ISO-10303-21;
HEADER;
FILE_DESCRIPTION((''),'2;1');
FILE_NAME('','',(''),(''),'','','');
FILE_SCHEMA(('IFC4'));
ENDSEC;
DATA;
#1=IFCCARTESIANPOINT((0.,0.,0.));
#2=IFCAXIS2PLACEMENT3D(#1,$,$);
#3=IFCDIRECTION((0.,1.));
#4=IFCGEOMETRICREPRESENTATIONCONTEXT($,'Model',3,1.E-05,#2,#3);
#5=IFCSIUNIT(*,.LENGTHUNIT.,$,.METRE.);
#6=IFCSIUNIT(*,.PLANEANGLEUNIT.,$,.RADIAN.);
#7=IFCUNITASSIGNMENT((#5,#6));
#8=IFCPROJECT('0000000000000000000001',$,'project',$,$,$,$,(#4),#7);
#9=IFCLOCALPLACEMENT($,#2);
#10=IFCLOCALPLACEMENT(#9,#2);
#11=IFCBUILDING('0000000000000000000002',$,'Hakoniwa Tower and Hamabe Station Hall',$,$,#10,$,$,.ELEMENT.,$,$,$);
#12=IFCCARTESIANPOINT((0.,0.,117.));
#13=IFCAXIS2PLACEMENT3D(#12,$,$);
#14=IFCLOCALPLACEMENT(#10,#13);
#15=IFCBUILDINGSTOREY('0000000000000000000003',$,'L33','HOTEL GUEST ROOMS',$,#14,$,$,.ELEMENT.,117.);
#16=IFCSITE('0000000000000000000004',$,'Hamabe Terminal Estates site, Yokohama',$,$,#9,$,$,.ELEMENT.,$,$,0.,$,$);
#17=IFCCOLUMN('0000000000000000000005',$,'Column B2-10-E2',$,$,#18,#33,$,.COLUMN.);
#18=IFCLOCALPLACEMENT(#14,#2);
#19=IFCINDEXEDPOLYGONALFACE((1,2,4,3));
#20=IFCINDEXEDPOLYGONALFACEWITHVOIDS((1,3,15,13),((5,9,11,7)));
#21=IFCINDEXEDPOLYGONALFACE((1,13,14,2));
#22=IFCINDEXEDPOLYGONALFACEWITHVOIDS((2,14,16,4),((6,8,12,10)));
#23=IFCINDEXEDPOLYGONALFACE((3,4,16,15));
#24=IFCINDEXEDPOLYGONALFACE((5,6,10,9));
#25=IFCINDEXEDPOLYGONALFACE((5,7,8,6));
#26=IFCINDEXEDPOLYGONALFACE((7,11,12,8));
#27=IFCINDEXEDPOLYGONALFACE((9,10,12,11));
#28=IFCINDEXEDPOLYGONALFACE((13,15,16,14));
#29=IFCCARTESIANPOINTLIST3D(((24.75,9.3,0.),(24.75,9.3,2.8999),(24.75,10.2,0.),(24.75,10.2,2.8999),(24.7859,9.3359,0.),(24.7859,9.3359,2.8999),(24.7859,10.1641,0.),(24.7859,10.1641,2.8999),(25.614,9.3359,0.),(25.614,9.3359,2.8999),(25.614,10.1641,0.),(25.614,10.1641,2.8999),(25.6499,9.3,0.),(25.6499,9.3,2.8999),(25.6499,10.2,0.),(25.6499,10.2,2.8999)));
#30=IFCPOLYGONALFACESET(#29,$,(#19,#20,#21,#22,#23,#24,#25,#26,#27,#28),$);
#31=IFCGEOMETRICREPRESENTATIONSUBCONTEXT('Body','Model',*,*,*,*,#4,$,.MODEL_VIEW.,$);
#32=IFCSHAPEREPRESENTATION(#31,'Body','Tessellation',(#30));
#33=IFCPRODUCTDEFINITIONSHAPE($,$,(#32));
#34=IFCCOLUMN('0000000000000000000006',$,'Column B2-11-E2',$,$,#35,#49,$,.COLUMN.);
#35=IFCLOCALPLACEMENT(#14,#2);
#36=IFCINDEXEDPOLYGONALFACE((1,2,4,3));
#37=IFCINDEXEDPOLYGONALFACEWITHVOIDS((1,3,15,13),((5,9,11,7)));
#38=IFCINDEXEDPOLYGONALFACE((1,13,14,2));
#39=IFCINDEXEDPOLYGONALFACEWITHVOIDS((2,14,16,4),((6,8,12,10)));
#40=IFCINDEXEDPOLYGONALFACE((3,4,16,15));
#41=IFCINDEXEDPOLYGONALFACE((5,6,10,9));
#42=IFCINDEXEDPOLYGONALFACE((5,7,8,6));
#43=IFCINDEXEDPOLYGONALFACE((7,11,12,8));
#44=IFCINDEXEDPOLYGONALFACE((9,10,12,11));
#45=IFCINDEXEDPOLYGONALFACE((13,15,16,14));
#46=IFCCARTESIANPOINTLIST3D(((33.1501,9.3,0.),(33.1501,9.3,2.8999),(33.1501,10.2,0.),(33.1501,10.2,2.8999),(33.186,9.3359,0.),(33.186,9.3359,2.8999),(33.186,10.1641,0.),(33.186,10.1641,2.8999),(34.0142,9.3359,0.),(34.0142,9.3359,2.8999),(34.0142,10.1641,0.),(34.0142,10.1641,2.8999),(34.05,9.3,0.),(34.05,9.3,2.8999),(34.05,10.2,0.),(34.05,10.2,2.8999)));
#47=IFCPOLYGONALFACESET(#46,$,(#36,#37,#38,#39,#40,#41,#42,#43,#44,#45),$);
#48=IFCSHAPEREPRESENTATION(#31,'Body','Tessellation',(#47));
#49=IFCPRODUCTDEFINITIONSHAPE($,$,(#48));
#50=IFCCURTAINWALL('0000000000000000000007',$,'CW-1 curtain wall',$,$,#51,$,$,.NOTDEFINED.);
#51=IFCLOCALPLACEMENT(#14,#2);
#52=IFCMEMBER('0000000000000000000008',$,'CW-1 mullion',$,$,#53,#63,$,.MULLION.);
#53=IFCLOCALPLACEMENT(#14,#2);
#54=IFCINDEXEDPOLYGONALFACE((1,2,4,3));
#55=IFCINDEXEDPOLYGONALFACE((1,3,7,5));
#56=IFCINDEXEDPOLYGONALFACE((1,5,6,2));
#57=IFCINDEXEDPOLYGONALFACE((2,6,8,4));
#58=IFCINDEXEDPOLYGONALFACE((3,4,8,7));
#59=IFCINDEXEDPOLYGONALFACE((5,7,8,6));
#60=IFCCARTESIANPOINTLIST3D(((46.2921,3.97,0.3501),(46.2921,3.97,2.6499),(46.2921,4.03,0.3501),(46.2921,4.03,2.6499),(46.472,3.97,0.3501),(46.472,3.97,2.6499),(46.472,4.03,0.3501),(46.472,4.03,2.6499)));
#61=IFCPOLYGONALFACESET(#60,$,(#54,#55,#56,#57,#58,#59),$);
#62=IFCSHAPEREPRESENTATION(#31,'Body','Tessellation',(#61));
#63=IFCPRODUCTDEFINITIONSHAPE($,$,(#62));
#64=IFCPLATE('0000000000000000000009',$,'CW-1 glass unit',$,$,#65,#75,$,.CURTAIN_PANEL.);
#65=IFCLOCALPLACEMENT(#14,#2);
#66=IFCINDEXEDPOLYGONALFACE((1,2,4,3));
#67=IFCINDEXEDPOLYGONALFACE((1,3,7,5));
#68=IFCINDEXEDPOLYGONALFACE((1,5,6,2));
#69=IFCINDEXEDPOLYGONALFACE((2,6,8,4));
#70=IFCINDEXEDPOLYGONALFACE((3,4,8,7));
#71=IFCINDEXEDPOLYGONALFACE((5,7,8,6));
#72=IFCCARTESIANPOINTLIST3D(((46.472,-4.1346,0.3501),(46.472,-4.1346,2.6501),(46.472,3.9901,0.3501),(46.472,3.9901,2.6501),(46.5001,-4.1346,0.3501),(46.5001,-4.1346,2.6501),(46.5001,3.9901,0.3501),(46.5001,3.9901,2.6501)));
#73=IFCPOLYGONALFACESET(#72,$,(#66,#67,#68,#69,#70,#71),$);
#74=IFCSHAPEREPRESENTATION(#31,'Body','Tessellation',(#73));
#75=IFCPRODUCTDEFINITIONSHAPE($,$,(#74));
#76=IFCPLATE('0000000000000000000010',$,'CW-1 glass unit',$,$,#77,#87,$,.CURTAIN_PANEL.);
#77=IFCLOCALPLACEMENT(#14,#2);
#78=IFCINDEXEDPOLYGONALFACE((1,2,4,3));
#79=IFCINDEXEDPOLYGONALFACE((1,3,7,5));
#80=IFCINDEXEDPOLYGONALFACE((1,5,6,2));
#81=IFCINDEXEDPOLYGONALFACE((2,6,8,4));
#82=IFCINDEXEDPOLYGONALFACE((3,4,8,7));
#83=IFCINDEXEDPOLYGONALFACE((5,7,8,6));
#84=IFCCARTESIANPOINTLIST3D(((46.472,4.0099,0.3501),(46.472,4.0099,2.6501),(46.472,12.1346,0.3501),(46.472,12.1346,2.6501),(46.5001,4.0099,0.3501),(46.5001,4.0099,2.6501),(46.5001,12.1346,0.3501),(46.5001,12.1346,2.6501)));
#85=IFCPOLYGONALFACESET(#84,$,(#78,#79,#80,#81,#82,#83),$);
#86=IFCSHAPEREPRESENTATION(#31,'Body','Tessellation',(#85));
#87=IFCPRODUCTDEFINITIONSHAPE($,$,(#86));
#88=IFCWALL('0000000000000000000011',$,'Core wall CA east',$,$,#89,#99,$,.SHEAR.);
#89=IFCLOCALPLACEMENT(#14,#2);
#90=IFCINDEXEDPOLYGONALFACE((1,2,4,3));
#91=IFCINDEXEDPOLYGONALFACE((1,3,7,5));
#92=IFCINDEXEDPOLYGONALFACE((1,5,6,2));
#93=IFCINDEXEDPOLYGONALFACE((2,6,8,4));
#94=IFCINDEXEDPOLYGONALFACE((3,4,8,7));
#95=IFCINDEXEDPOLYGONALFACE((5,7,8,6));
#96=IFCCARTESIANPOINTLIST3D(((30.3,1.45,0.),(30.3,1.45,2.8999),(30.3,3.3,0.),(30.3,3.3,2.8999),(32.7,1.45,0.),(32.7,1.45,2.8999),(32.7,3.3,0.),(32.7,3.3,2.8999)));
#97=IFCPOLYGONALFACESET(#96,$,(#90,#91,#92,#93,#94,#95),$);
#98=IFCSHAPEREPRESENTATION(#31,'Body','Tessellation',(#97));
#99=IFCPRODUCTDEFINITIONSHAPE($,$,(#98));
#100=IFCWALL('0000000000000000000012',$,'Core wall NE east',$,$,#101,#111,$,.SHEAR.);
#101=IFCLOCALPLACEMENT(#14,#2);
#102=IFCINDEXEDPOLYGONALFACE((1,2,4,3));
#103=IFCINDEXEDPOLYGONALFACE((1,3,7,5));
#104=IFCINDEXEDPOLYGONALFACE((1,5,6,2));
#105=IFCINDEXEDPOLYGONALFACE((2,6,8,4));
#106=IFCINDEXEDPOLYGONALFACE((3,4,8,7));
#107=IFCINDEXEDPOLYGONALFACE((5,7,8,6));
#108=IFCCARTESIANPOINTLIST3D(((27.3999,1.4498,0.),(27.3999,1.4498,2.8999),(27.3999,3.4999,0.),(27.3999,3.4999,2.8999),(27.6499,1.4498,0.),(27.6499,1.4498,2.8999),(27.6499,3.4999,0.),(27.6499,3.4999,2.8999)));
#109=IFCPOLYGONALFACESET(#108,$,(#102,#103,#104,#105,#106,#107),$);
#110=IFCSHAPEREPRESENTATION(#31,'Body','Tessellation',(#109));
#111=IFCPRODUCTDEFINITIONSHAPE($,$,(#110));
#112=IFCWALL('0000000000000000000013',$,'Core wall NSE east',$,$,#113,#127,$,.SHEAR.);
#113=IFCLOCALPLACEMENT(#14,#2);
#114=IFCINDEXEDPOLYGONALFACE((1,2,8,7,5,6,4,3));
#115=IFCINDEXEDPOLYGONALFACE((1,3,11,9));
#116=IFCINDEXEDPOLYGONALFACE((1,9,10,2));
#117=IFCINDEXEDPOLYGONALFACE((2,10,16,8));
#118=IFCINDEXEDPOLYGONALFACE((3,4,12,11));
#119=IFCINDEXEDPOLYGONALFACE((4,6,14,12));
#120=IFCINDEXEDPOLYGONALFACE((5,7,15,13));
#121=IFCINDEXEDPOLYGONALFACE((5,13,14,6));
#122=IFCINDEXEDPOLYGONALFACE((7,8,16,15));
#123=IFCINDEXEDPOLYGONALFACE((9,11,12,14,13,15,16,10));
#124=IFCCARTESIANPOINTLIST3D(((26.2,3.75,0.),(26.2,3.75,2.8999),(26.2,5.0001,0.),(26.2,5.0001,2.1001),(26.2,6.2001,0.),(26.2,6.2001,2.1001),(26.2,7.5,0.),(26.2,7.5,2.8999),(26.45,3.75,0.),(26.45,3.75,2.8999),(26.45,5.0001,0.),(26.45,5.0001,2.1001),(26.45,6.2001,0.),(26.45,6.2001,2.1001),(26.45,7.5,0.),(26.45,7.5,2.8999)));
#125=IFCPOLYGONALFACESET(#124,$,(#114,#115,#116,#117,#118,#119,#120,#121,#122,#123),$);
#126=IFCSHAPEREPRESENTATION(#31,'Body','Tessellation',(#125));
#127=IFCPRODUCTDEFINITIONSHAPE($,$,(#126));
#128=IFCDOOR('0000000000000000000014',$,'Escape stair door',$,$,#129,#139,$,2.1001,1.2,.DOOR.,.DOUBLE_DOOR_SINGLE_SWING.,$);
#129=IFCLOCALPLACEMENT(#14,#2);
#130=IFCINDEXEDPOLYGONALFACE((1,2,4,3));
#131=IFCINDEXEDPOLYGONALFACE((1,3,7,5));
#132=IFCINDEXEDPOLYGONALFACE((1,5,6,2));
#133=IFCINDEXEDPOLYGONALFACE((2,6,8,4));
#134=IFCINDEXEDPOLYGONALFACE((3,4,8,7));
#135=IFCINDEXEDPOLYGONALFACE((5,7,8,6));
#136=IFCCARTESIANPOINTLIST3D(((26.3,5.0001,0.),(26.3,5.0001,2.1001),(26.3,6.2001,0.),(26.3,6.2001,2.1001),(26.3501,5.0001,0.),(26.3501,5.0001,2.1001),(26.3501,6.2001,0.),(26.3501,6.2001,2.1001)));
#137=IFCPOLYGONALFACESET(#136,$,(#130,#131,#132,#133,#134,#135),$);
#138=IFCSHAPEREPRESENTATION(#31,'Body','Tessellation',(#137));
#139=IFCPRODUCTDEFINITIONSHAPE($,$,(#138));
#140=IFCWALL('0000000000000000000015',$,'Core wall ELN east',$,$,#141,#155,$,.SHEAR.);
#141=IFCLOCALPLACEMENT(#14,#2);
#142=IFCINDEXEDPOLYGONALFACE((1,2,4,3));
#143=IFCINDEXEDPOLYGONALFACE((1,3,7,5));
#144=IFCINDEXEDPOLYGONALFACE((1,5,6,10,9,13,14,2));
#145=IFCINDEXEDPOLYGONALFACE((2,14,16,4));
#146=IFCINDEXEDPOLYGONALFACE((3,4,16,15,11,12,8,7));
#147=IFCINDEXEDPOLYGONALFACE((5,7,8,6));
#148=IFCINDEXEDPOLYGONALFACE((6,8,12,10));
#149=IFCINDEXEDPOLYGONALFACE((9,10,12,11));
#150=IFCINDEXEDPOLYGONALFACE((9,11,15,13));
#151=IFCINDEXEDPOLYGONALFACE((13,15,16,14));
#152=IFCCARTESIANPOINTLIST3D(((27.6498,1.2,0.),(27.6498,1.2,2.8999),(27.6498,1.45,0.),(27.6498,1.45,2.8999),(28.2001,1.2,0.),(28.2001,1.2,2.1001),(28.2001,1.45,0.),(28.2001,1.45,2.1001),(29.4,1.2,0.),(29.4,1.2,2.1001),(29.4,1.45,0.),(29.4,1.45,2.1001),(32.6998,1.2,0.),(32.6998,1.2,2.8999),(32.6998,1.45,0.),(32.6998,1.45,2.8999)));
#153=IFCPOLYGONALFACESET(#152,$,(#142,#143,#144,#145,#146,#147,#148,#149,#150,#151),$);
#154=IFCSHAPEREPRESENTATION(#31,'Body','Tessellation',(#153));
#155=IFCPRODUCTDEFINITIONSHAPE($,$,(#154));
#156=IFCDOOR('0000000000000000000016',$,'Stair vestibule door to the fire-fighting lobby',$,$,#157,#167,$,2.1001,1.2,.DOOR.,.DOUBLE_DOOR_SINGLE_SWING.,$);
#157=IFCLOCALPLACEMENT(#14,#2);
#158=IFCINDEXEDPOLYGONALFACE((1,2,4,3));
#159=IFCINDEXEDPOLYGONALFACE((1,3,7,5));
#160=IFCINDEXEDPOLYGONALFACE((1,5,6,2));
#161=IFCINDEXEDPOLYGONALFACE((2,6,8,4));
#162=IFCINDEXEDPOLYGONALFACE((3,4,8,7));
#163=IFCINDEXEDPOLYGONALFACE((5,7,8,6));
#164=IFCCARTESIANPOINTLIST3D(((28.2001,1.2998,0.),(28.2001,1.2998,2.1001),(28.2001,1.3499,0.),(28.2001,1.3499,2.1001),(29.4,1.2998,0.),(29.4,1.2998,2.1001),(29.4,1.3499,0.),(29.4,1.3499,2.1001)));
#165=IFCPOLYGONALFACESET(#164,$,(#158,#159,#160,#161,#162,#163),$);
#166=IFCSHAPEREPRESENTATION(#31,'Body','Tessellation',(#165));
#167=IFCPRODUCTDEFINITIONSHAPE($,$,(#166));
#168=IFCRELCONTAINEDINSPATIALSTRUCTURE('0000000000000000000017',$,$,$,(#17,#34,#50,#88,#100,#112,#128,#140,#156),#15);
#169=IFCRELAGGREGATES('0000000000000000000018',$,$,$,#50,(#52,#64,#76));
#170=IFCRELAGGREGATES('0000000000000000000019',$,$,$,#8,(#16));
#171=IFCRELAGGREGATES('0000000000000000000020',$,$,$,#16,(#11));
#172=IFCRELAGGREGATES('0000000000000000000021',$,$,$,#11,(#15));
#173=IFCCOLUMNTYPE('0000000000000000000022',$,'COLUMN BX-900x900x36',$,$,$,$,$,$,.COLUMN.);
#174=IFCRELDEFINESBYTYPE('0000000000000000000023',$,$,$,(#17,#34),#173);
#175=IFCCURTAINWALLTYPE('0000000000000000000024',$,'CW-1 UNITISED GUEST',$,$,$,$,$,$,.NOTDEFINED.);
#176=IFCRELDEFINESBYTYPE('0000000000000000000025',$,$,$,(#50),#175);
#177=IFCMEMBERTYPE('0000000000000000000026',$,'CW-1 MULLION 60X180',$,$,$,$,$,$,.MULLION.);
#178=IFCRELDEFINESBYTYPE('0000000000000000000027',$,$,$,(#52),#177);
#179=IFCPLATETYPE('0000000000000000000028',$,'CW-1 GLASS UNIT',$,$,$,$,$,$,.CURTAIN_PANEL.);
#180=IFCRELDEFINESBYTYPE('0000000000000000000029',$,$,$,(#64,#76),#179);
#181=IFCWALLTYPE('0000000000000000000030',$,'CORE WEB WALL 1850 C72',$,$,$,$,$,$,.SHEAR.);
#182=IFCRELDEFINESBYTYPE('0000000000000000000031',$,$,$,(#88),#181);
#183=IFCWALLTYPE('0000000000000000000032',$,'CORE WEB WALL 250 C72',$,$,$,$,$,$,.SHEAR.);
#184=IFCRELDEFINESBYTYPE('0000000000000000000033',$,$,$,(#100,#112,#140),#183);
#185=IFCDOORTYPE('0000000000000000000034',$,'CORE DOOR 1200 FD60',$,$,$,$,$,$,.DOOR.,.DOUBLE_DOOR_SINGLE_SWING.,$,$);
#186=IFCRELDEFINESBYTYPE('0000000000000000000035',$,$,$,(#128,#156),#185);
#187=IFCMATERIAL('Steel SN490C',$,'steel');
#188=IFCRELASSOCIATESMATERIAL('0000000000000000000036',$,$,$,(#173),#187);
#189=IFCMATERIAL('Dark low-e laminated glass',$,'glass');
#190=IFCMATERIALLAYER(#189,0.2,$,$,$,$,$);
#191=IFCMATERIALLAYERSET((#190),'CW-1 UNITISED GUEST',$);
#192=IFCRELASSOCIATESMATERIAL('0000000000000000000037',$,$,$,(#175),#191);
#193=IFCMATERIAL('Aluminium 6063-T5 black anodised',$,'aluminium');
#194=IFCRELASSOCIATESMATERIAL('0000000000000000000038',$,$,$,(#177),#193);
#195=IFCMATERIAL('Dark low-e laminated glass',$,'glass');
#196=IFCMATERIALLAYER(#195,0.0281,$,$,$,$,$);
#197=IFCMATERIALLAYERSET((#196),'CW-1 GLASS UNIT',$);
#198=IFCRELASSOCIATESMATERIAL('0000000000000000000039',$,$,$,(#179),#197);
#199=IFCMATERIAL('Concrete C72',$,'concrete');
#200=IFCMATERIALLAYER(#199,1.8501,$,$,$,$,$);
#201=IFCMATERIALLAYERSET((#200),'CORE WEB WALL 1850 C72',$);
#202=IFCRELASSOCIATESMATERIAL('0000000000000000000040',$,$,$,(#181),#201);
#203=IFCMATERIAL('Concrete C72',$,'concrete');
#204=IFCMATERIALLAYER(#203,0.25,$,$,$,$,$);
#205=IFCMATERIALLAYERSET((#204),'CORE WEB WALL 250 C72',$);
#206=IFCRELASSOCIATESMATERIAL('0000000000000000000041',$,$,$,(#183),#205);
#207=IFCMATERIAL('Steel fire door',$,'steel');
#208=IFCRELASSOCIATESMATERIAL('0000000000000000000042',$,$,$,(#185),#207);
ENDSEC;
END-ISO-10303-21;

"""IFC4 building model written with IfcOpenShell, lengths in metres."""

from ifc_helpers import new_model, si_unit, direction, frame, frame_2d, origin, origin_2d, place, context, subcontext, project, spatial, rectangle, hollow_rectangle, extrude, material, layer, layer_set, material_profile, profile_set, type_object, element, fill, aggregate, save


model = new_model("IFC4")

# Units and contexts
model_context = context("Model", 3, precision=1e-05, world=origin(), true_north=direction((0.0, 1.0)))
body_context = subcontext(model_context, "Body", "Model", "MODEL_VIEW")
ifc_project = project(units=[si_unit("LENGTHUNIT", "METRE"), si_unit("PLANEANGLEUNIT", "RADIAN")], contexts=[model_context])

# Site, building, storey
site_placement = place(None, origin())
site = spatial("IfcSite", under=ifc_project, at=site_placement, Name="Hamabe Terminal Estates site, Yokohama", CompositionType="ELEMENT", RefElevation=0.0)
building_placement = place(site_placement, origin())
building = spatial("IfcBuilding", under=site, at=building_placement, Name="Hakoniwa Tower and Hamabe Station Hall", CompositionType="ELEMENT")
storey_placement = place(building_placement, frame((0.0, 0.0, 117.0)))
storey = spatial("IfcBuildingStorey", under=building, at=storey_placement, Name="L33", Description="HOTEL GUEST ROOMS", CompositionType="ELEMENT", Elevation=117.0)

# Columns
ifc_material_1 = material(Name="Steel SN490C", Category="steel")
ifc_material_profile_1 = material_profile(ifc_material_1, hollow_rectangle(XDim=0.8999, YDim=0.8999, WallThickness=0.0359, at=origin_2d()), Name="BX-900x900x36")
ifc_profile_set_1 = profile_set([ifc_material_profile_1], Name="Steel SN490C")
column_type = type_object("IfcColumnType", Name="COLUMN BX-900x900x36", PredefinedType="COLUMN", material=ifc_profile_set_1)
for number, where, z_axis, x_axis, name in (
    (1, (25.2, 9.75, 0.0), (0.0, 0.0, 1.0), (1.0, 0.0, 0.0), "Column B2-10-E2"),
    (2, (33.6001, 9.75, 0.0), (0.0, 0.0, 1.0), (1.0, 0.0, 0.0), "Column B2-11-E2"),
):
    element("IfcColumn", number, at=place(storey_placement, frame(where, z_axis=z_axis, x_axis=x_axis)), inside=storey, type_object=column_type, Name=name, PredefinedType="COLUMN", context=body_context, shape_type="SweptSolid", body=[
        extrude(hollow_rectangle(XDim=0.8999, YDim=0.8999, WallThickness=0.0359, at=origin_2d()), origin(), (0.0, 0.0, 1.0), 2.8999),
    ])

# Curtain wall, member, plates
ifc_material_2 = material(Name="Dark low-e laminated glass", Category="glass")
ifc_layer_1 = layer(ifc_material_2, 0.2)
ifc_layer_set_1 = layer_set([ifc_layer_1], Name="CW-1 UNITISED GUEST")
curtain_wall_type = type_object("IfcCurtainWallType", Name="CW-1 UNITISED GUEST", PredefinedType="NOTDEFINED", material=ifc_layer_set_1)
curtain_wall_placement = place(storey_placement, origin())
curtain_wall = element("IfcCurtainWall", 3, at=curtain_wall_placement, inside=storey, type_object=curtain_wall_type, Name="CW-1 curtain wall", PredefinedType="NOTDEFINED")
ifc_material_3 = material(Name="Aluminium 6063-T5 black anodised", Category="aluminium")
ifc_material_profile_2 = material_profile(ifc_material_3, rectangle(XDim=0.0601, YDim=0.1799, at=origin_2d()), Name="CW-1 MULLION 60X180")
ifc_profile_set_2 = profile_set([ifc_material_profile_2], Name="Aluminium 6063-T5 black anodised")
member_type = type_object("IfcMemberType", Name="CW-1 MULLION 60X180", PredefinedType="MULLION", material=ifc_profile_set_2)
member_placement = place(storey_placement, frame((46.3821, 4.0, 0.3501), z_axis=(0.0, 0.0, 1.0), x_axis=(0.0, 1.0, 0.0)))
member = element("IfcMember", 4, at=member_placement, type_object=member_type, Name="CW-1 mullion", PredefinedType="MULLION", context=body_context, shape_type="SweptSolid", body=[
    extrude(rectangle(XDim=0.0601, YDim=0.1799, at=origin_2d()), origin(), (0.0, 0.0, 1.0), 2.2998),
])
ifc_material_4 = material(Name="Dark low-e laminated glass", Category="glass")
ifc_layer_2 = layer(ifc_material_4, 0.0281)
ifc_layer_set_2 = layer_set([ifc_layer_2], Name="CW-1 GLASS UNIT")
plate_type = type_object("IfcPlateType", Name="CW-1 GLASS UNIT", PredefinedType="CURTAIN_PANEL", material=ifc_layer_set_2)
plate_1_placement = place(storey_placement, frame((46.4861, -0.0723, 0.3501), z_axis=(0.0, 0.0, 1.0), x_axis=(0.0, 1.0, 0.0)))
plate_1 = element("IfcPlate", 5, at=plate_1_placement, type_object=plate_type, Name="CW-1 glass unit", PredefinedType="CURTAIN_PANEL", context=body_context, shape_type="SweptSolid", body=[
    extrude(rectangle(XDim=8.1248, YDim=0.0281, at=origin_2d()), origin(), (0.0, 0.0, 1.0), 2.3),
])
plate_2_placement = place(storey_placement, frame((46.4861, 8.0723, 0.3501), z_axis=(0.0, 0.0, 1.0), x_axis=(0.0, 1.0, 0.0)))
plate_2 = element("IfcPlate", 6, at=plate_2_placement, type_object=plate_type, Name="CW-1 glass unit", PredefinedType="CURTAIN_PANEL", context=body_context, shape_type="SweptSolid", body=[
    extrude(rectangle(XDim=8.1248, YDim=0.0281, at=origin_2d()), origin(), (0.0, 0.0, 1.0), 2.3),
])
aggregate(curtain_wall, [member, plate_1, plate_2])

# Walls
ifc_material_5 = material(Name="Concrete C72", Category="concrete")
ifc_layer_3 = layer(ifc_material_5, 1.8501)
ifc_layer_set_3 = layer_set([ifc_layer_3], Name="CORE WEB WALL 1850 C72")
wall_type_1 = type_object("IfcWallType", Name="CORE WEB WALL 1850 C72", PredefinedType="SHEAR", material=ifc_layer_set_3)
wall_1_placement = place(storey_placement, frame((30.3, 2.375, 0.0), z_axis=(0.0, 0.0, 1.0), x_axis=(1.0, 0.0, 0.0)))
element("IfcWall", 7, at=wall_1_placement, inside=storey, type_object=wall_type_1, Name="Core wall CA east", PredefinedType="SHEAR", context=body_context, shape_type="SweptSolid", body=[
    extrude(rectangle(XDim=2.3999, YDim=1.8501, at=frame_2d((1.2, 0.0))), origin(), (0.0, 0.0, 1.0), 2.8999),
])
ifc_material_6 = material(Name="Concrete C72", Category="concrete")
ifc_layer_4 = layer(ifc_material_6, 0.25)
ifc_layer_set_4 = layer_set([ifc_layer_4], Name="CORE WEB WALL 250 C72")
wall_type_2 = type_object("IfcWallType", Name="CORE WEB WALL 250 C72", PredefinedType="SHEAR", material=ifc_layer_set_4)
wall_2_placement = place(storey_placement, frame((27.5249, 1.45, 0.0), z_axis=(0.0, 0.0, 1.0), x_axis=(0.0, 1.0, 0.0)))
element("IfcWall", 8, at=wall_2_placement, inside=storey, type_object=wall_type_2, Name="Core wall NE east", PredefinedType="SHEAR", context=body_context, shape_type="SweptSolid", body=[
    extrude(rectangle(XDim=2.05, YDim=0.25, at=frame_2d((1.0249, 0.0))), origin(), (0.0, 0.0, 1.0), 2.8999),
])

# Walls, openings, doors
wall_3_placement = place(storey_placement, frame((26.325, 3.75, 0.0), z_axis=(0.0, 0.0, 1.0), x_axis=(0.0, 1.0, 0.0)))
wall_3 = element("IfcWall", 9, at=wall_3_placement, inside=storey, type_object=wall_type_2, Name="Core wall NSE east", PredefinedType="SHEAR", context=body_context, shape_type="SweptSolid", body=[
    extrude(rectangle(XDim=3.75, YDim=0.25, at=frame_2d((1.875, 0.0))), origin(), (0.0, 0.0, 1.0), 2.8999),
])
opening_1_placement = place(wall_3_placement, frame((1.25, 0.0, 0.0)))
opening_1 = element("IfcOpeningElement", 10, at=opening_1_placement, cuts=wall_3, PredefinedType="OPENING", context=body_context, shape_type="SweptSolid", body=[
    extrude(rectangle(XDim=1.2, YDim=2.1001, at=frame_2d((0.6001, 1.05))), frame((0.0, 0.135, 0.0), z_axis=(0.0, -1.0, 0.0), x_axis=(1.0, 0.0, 0.0)), (0.0, 0.0, 1.0), 0.27),
])
ifc_material_7 = material(Name="Steel fire door", Category="steel")
door_type_1 = type_object("IfcDoorType", Name="CORE DOOR 1200 FD60", OperationType="DOUBLE_DOOR_SINGLE_SWING", PredefinedType="DOOR", material=ifc_material_7)
door_1_placement = place(opening_1_placement, origin())
door_1 = element("IfcDoor", 11, at=door_1_placement, inside=storey, type_object=door_type_1, Name="Escape stair door", OperationType="DOUBLE_DOOR_SINGLE_SWING", OverallHeight=2.1001, OverallWidth=1.2, PredefinedType="DOOR", context=body_context, shape_type="SweptSolid", body=[
    extrude(rectangle(XDim=1.2, YDim=2.1001, at=frame_2d((0.6001, 1.05))), frame((0.0, 0.0249, 0.0), z_axis=(0.0, -1.0, 0.0), x_axis=(1.0, 0.0, 0.0)), (0.0, 0.0, 1.0), 0.05),
])
fill(opening_1, door_1)
wall_4_placement = place(storey_placement, frame((27.6499, 1.325, 0.0), z_axis=(0.0, 0.0, 1.0), x_axis=(1.0, 0.0, 0.0)))
wall_4 = element("IfcWall", 12, at=wall_4_placement, inside=storey, type_object=wall_type_2, Name="Core wall ELN east", PredefinedType="SHEAR", context=body_context, shape_type="SweptSolid", body=[
    extrude(rectangle(XDim=5.05, YDim=0.25, at=frame_2d((2.5249, 0.0))), origin(), (0.0, 0.0, 1.0), 2.8999),
])
opening_2_placement = place(wall_4_placement, frame((0.55, 0.0, 0.0)))
opening_2 = element("IfcOpeningElement", 13, at=opening_2_placement, cuts=wall_4, PredefinedType="OPENING", context=body_context, shape_type="SweptSolid", body=[
    extrude(rectangle(XDim=1.2, YDim=2.1001, at=frame_2d((0.6001, 1.05))), frame((0.0, 0.135, 0.0), z_axis=(0.0, -1.0, 0.0), x_axis=(1.0, 0.0, 0.0)), (0.0, 0.0, 1.0), 0.27),
])
door_2_placement = place(opening_2_placement, origin())
door_2 = element("IfcDoor", 14, at=door_2_placement, inside=storey, type_object=door_type_1, Name="Stair vestibule door to the fire-fighting lobby", OperationType="DOUBLE_DOOR_SINGLE_SWING", OverallHeight=2.1001, OverallWidth=1.2, PredefinedType="DOOR", context=body_context, shape_type="SweptSolid", body=[
    extrude(rectangle(XDim=1.2, YDim=2.1001, at=frame_2d((0.6001, 1.05))), frame((0.0, 0.0249, 0.0), z_axis=(0.0, -1.0, 0.0), x_axis=(1.0, 0.0, 0.0)), (0.0, 0.0, 1.0), 0.05),
])
fill(opening_2, door_2)

save(model, "model.ifc")
